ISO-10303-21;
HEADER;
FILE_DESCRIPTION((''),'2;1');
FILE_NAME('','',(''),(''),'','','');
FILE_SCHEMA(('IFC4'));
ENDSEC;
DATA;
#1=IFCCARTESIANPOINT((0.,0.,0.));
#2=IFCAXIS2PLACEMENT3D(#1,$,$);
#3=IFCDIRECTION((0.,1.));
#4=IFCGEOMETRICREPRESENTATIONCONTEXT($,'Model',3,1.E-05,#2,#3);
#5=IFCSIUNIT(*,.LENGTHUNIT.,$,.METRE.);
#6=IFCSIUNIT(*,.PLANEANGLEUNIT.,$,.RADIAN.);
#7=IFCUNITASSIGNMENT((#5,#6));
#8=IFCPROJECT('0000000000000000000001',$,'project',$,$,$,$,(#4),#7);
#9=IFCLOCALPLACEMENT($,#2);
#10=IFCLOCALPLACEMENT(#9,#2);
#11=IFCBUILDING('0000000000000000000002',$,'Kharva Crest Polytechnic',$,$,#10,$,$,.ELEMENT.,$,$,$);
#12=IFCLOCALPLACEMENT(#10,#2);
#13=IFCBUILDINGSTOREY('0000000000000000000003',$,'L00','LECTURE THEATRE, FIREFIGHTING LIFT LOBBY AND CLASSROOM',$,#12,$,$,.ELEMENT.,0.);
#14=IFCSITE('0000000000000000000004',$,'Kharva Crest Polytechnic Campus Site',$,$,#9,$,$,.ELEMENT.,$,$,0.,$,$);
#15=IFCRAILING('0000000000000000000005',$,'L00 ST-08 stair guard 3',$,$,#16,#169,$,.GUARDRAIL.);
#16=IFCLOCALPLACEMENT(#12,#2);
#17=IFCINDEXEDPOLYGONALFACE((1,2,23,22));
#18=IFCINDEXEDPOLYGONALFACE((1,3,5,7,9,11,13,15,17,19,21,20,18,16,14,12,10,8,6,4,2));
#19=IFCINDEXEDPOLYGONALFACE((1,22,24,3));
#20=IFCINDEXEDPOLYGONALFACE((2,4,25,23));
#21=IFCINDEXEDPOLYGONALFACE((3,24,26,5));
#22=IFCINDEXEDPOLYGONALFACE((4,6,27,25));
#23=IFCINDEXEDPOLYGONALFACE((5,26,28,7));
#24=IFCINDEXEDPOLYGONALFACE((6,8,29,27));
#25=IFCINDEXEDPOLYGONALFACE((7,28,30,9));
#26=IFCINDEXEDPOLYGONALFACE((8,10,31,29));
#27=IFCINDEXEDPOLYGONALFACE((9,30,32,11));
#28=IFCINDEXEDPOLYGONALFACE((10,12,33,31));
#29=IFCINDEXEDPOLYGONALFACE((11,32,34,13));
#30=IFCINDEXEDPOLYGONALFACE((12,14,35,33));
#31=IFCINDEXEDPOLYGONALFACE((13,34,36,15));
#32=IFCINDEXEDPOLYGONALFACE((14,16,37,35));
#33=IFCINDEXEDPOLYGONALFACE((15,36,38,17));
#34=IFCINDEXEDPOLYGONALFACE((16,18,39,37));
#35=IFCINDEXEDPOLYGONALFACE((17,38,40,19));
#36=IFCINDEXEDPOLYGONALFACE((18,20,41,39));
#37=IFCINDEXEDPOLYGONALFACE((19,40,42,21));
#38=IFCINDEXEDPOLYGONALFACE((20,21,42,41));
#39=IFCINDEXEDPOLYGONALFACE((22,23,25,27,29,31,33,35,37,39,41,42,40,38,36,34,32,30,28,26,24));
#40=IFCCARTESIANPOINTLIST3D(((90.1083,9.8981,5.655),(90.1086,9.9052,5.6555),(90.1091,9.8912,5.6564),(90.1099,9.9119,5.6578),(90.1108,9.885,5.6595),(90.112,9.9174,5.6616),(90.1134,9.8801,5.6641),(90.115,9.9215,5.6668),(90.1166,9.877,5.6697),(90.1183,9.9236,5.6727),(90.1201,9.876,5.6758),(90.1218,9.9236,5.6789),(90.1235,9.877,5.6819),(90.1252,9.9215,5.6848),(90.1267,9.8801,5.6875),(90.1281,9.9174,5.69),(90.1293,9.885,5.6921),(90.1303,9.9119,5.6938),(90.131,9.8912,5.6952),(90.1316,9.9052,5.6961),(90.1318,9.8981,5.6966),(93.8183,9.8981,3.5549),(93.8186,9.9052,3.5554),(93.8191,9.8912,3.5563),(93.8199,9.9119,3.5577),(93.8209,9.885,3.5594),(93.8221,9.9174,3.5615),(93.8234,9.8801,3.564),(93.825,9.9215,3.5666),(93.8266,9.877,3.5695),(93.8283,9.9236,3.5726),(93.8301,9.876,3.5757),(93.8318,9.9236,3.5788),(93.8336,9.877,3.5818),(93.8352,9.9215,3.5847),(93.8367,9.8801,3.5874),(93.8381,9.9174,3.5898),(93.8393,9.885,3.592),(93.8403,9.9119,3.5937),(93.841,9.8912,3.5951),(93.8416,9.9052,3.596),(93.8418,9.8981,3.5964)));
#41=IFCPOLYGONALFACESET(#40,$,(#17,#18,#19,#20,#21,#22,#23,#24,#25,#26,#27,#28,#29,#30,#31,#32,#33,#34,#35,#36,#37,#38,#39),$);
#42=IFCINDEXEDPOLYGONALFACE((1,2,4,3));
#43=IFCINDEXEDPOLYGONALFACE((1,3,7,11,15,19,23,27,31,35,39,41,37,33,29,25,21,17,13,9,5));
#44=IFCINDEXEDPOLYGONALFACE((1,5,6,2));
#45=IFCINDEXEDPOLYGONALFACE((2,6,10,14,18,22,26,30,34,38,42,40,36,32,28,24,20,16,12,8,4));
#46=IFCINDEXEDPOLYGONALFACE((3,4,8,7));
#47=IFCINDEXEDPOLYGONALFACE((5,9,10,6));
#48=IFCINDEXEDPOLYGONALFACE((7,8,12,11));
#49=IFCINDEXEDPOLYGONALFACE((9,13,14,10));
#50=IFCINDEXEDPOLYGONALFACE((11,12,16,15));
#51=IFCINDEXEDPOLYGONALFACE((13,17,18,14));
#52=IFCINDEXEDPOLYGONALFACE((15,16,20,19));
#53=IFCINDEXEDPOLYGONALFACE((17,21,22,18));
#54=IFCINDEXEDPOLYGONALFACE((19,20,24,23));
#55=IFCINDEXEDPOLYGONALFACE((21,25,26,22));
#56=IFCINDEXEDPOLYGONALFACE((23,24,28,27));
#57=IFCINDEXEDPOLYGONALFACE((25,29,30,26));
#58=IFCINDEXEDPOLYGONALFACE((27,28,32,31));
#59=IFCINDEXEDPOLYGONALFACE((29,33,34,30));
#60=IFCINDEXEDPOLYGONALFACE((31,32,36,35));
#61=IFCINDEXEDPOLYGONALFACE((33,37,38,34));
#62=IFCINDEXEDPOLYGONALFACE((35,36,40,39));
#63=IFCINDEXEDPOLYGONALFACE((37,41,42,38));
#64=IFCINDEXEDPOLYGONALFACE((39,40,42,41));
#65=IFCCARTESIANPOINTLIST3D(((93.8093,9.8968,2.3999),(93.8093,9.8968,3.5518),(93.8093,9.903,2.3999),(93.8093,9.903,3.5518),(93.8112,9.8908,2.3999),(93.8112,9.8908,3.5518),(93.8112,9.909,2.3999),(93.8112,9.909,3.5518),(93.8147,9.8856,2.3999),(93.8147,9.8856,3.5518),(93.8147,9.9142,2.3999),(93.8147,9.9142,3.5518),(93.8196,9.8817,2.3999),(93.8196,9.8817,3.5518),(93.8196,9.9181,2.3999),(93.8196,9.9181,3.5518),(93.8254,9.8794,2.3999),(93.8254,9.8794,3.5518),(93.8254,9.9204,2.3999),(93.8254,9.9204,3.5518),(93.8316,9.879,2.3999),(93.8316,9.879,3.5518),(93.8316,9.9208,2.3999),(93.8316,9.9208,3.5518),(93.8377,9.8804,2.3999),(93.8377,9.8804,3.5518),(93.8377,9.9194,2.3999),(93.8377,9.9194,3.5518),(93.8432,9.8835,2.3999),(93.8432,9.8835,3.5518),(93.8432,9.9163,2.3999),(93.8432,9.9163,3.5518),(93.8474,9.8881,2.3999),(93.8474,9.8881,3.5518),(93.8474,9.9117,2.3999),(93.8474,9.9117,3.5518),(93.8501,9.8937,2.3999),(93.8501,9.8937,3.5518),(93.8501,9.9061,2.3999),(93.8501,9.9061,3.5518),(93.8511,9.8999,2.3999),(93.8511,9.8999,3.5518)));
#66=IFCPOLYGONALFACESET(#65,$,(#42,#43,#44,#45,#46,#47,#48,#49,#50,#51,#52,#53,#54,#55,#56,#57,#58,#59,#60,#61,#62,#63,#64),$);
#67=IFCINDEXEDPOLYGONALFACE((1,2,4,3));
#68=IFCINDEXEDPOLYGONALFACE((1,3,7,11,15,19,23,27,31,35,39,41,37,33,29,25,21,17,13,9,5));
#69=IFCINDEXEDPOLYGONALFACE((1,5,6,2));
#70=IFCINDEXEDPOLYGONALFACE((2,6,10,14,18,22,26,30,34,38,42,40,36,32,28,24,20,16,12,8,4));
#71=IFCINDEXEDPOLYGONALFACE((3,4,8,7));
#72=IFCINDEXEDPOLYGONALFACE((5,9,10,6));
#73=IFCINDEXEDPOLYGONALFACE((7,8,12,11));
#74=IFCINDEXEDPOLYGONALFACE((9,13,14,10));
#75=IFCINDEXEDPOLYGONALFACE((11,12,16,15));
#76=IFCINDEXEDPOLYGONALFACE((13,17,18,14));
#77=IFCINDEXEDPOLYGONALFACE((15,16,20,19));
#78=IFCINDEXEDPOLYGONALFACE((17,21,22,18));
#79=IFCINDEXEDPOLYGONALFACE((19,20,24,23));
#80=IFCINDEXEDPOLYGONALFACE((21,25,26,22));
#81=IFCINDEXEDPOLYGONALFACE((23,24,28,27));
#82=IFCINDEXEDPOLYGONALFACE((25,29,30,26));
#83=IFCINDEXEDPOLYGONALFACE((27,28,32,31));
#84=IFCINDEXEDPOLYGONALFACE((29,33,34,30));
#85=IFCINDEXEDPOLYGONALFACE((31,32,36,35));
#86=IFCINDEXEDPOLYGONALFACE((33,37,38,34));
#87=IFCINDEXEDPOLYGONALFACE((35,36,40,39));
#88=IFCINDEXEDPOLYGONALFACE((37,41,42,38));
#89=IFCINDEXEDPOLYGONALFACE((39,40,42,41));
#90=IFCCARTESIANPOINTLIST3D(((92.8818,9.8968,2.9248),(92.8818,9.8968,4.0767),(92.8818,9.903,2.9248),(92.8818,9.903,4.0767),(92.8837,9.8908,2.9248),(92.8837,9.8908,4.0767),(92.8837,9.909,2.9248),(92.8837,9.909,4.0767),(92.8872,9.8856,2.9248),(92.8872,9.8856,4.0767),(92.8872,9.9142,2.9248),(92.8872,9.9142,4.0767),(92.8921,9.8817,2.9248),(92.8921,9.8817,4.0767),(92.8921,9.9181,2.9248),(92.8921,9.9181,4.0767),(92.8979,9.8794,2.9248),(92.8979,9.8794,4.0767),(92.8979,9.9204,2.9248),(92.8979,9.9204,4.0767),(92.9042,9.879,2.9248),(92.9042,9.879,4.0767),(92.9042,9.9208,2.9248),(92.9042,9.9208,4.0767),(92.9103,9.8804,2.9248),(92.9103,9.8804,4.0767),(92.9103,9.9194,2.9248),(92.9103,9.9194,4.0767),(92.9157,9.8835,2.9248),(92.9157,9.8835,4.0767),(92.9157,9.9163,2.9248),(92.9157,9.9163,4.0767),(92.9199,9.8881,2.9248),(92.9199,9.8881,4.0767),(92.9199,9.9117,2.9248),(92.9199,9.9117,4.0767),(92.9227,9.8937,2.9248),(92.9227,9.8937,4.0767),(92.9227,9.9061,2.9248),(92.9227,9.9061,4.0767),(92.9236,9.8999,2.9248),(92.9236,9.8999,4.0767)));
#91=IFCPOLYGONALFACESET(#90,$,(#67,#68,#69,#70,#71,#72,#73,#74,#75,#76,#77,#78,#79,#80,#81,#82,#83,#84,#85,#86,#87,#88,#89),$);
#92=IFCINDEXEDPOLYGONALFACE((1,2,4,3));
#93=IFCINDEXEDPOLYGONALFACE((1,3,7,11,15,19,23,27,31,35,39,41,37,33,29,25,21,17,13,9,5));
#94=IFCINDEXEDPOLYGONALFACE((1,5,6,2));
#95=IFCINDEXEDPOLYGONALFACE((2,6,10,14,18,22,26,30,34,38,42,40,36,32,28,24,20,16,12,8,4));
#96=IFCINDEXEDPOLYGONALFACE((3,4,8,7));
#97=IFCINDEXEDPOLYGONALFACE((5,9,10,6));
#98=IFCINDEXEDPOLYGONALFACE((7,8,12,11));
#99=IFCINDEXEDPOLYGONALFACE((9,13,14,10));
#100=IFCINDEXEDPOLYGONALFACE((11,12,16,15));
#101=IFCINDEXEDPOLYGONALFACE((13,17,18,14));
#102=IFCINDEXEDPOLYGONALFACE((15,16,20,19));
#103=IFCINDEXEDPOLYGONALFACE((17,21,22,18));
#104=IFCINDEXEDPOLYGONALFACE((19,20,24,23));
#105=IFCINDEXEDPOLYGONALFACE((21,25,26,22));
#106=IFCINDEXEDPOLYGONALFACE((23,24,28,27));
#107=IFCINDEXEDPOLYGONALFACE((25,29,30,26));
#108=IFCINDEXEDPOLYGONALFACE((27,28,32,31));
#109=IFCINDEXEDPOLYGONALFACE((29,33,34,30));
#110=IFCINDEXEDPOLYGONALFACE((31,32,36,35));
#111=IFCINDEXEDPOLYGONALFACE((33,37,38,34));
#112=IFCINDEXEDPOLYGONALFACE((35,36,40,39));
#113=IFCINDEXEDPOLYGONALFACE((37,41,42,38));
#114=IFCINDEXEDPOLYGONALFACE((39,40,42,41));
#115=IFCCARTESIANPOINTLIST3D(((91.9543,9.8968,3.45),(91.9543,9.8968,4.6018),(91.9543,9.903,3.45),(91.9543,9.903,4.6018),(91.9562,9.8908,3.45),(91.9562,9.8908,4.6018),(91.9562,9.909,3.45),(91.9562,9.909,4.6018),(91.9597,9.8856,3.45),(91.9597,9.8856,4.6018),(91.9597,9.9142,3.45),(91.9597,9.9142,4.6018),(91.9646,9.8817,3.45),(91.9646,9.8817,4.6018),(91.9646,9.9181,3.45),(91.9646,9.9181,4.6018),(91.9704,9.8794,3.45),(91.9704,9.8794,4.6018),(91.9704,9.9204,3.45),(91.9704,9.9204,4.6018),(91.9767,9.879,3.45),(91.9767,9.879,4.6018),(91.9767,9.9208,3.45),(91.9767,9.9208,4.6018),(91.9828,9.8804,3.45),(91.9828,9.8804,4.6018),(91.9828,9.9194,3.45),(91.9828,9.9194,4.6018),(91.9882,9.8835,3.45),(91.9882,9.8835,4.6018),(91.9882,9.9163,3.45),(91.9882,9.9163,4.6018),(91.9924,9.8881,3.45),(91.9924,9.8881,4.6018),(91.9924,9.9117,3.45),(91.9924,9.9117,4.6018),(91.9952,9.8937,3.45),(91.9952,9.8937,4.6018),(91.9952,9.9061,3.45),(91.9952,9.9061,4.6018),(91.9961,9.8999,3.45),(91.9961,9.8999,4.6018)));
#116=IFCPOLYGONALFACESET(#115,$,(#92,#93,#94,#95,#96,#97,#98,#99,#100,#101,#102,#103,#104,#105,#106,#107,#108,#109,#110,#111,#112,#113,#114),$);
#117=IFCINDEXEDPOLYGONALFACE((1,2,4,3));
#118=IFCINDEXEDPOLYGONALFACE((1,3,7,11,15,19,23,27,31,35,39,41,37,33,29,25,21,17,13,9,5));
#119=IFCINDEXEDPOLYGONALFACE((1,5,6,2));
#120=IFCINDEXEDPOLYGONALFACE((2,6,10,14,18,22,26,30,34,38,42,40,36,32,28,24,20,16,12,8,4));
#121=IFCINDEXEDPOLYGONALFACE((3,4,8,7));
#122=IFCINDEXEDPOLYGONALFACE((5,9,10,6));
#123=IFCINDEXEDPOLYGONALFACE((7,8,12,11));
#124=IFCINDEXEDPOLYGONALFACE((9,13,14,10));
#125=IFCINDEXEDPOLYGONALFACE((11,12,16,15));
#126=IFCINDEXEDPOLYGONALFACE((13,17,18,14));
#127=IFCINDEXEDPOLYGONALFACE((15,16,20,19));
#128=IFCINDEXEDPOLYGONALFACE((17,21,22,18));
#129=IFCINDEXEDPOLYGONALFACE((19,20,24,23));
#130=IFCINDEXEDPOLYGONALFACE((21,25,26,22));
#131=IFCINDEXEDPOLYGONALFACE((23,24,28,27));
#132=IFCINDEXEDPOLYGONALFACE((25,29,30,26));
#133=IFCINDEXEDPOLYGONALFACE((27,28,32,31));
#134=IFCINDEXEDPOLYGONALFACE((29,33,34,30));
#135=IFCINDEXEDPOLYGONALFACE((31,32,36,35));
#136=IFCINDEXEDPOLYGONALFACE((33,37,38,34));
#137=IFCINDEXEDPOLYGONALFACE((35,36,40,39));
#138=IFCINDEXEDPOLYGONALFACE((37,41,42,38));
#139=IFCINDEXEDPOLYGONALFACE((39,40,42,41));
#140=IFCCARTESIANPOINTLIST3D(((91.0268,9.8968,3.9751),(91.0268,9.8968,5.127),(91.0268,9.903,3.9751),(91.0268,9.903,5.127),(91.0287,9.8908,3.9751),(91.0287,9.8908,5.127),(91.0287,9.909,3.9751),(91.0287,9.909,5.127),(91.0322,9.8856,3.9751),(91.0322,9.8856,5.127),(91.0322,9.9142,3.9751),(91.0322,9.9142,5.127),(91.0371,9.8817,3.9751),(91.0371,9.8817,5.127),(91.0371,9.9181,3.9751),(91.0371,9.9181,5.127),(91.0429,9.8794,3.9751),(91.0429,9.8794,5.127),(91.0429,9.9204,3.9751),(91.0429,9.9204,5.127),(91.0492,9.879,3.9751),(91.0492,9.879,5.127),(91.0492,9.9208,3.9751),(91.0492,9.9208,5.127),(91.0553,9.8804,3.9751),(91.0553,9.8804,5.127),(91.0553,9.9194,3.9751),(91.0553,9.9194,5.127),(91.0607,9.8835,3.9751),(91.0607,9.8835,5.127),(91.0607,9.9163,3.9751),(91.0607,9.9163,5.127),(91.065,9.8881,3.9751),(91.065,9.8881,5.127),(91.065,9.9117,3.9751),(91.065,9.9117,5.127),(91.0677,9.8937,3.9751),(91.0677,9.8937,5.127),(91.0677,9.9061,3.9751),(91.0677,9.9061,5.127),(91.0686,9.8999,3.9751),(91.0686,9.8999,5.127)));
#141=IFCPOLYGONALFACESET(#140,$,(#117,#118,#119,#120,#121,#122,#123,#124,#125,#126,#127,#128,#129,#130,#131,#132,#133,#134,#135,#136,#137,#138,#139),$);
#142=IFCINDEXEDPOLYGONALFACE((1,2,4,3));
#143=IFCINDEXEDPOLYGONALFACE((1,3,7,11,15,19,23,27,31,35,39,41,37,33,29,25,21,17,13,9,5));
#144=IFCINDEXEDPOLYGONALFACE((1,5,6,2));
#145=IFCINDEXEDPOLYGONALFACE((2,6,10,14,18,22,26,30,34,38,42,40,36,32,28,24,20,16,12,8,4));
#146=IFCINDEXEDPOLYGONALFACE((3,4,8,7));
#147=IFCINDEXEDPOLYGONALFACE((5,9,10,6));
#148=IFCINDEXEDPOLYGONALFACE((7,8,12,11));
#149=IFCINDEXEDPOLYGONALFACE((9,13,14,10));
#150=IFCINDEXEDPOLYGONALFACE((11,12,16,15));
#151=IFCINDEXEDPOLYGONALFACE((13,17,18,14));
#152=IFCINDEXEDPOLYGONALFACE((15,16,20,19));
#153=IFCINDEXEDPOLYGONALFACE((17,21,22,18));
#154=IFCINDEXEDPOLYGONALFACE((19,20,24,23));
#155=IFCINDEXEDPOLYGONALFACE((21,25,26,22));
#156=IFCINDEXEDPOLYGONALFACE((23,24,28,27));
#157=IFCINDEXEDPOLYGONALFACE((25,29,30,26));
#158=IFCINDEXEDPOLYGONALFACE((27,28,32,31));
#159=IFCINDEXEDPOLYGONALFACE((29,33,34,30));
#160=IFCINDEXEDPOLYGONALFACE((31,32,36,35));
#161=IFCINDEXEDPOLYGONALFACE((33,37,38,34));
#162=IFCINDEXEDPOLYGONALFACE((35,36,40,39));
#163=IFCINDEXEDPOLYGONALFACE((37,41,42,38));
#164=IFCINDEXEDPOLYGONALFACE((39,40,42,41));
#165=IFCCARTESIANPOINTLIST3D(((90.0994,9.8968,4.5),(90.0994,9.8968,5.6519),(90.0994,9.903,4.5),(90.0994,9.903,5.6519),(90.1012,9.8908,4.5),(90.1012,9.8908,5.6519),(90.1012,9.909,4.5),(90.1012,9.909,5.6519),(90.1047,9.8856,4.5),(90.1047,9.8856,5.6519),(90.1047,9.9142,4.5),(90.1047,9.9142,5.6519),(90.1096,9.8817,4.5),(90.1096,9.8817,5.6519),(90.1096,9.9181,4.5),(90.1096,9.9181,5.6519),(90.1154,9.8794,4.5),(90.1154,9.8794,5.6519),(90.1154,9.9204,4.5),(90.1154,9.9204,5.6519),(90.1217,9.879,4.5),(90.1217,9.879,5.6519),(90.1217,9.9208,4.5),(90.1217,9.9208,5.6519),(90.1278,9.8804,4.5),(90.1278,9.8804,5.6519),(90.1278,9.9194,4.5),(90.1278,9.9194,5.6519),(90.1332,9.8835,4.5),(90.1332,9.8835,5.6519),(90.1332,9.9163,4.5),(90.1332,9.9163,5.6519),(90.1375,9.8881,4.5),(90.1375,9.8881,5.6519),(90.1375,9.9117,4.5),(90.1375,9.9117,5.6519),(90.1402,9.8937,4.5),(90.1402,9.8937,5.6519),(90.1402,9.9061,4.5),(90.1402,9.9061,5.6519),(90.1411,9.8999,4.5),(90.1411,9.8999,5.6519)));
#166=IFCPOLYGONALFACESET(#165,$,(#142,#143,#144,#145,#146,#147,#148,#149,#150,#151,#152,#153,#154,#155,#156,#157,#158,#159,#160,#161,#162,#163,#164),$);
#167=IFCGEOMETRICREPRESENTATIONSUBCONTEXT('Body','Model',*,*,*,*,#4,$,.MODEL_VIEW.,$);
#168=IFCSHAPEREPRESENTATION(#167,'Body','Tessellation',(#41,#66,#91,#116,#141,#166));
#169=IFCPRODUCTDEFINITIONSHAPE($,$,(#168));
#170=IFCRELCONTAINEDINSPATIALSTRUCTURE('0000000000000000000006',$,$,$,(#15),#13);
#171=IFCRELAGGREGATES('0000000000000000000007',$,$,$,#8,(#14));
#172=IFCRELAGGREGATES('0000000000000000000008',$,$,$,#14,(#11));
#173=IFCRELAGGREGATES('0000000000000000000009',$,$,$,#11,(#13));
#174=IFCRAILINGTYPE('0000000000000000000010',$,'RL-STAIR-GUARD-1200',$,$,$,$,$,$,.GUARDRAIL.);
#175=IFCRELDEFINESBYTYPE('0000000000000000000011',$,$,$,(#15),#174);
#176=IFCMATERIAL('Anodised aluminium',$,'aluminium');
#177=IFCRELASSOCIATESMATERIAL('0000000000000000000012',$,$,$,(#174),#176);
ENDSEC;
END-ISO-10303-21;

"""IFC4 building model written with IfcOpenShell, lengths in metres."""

from ifc_helpers import new_model, si_unit, direction, frame, origin, origin_2d, place, context, subcontext, project, spatial, circle, extrude, material, type_object, element, save


model = new_model("IFC4")

# Units and contexts
model_context = context("Model", 3, precision=1e-05, world=origin(), true_north=direction((0.0, 1.0)))
body_context = subcontext(model_context, "Body", "Model", "MODEL_VIEW")
ifc_project = project(units=[si_unit("LENGTHUNIT", "METRE"), si_unit("PLANEANGLEUNIT", "RADIAN")], contexts=[model_context])

# Site, building, storey
site_placement = place(None, origin())
site = spatial("IfcSite", under=ifc_project, at=site_placement, Name="Kharva Crest Polytechnic Campus Site", CompositionType="ELEMENT", RefElevation=0.0)
building_placement = place(site_placement, origin())
building = spatial("IfcBuilding", under=site, at=building_placement, Name="Kharva Crest Polytechnic", CompositionType="ELEMENT")
storey_placement = place(building_placement, origin())
storey = spatial("IfcBuildingStorey", under=building, at=storey_placement, Name="L00", Description="LECTURE THEATRE, FIREFIGHTING LIFT LOBBY AND CLASSROOM", CompositionType="ELEMENT", Elevation=0.0)

# Shared definitions
ifc_material_1 = material(Name="Anodised aluminium", Category="aluminium")

# Railing
railing_type_1 = type_object("IfcRailingType", Name="RL-STAIR-GUARD-1200", PredefinedType="GUARDRAIL", material=ifc_material_1)
railing_1_placement = place(storey_placement, frame((93.8301, 9.8999, 2.3999)))
element("IfcRailing", 1, at=railing_1_placement, inside=storey, type_object=railing_type_1, Name="L00 ST-08 stair guard 3", PredefinedType="GUARDRAIL", context=body_context, shape_type="SweptSolid", body=[
    extrude(circle(Radius=0.0239, at=origin_2d()), frame((0.0, 0.0, 1.1758), z_axis=(-0.870245, 0.0, 0.492619), x_axis=(0.0, -1.0, 0.0)), (0.0, 0.0, 1.0), 4.2632),
    extrude(circle(Radius=0.021, at=origin_2d()), origin(), (0.0, 0.0, 1.0), 1.1519),
    extrude(circle(Radius=0.021, at=origin_2d()), frame((-0.9275, 0.0, 0.5249)), (0.0, 0.0, 1.0), 1.1519),
    extrude(circle(Radius=0.021, at=origin_2d()), frame((-1.855, 0.0, 1.05)), (0.0, 0.0, 1.0), 1.1519),
    extrude(circle(Radius=0.021, at=origin_2d()), frame((-2.7825, 0.0, 1.5752)), (0.0, 0.0, 1.0), 1.1519),
    extrude(circle(Radius=0.021, at=origin_2d()), frame((-3.71, 0.0, 2.1001)), (0.0, 0.0, 1.0), 1.1519),
])

save(model, "model.ifc")
